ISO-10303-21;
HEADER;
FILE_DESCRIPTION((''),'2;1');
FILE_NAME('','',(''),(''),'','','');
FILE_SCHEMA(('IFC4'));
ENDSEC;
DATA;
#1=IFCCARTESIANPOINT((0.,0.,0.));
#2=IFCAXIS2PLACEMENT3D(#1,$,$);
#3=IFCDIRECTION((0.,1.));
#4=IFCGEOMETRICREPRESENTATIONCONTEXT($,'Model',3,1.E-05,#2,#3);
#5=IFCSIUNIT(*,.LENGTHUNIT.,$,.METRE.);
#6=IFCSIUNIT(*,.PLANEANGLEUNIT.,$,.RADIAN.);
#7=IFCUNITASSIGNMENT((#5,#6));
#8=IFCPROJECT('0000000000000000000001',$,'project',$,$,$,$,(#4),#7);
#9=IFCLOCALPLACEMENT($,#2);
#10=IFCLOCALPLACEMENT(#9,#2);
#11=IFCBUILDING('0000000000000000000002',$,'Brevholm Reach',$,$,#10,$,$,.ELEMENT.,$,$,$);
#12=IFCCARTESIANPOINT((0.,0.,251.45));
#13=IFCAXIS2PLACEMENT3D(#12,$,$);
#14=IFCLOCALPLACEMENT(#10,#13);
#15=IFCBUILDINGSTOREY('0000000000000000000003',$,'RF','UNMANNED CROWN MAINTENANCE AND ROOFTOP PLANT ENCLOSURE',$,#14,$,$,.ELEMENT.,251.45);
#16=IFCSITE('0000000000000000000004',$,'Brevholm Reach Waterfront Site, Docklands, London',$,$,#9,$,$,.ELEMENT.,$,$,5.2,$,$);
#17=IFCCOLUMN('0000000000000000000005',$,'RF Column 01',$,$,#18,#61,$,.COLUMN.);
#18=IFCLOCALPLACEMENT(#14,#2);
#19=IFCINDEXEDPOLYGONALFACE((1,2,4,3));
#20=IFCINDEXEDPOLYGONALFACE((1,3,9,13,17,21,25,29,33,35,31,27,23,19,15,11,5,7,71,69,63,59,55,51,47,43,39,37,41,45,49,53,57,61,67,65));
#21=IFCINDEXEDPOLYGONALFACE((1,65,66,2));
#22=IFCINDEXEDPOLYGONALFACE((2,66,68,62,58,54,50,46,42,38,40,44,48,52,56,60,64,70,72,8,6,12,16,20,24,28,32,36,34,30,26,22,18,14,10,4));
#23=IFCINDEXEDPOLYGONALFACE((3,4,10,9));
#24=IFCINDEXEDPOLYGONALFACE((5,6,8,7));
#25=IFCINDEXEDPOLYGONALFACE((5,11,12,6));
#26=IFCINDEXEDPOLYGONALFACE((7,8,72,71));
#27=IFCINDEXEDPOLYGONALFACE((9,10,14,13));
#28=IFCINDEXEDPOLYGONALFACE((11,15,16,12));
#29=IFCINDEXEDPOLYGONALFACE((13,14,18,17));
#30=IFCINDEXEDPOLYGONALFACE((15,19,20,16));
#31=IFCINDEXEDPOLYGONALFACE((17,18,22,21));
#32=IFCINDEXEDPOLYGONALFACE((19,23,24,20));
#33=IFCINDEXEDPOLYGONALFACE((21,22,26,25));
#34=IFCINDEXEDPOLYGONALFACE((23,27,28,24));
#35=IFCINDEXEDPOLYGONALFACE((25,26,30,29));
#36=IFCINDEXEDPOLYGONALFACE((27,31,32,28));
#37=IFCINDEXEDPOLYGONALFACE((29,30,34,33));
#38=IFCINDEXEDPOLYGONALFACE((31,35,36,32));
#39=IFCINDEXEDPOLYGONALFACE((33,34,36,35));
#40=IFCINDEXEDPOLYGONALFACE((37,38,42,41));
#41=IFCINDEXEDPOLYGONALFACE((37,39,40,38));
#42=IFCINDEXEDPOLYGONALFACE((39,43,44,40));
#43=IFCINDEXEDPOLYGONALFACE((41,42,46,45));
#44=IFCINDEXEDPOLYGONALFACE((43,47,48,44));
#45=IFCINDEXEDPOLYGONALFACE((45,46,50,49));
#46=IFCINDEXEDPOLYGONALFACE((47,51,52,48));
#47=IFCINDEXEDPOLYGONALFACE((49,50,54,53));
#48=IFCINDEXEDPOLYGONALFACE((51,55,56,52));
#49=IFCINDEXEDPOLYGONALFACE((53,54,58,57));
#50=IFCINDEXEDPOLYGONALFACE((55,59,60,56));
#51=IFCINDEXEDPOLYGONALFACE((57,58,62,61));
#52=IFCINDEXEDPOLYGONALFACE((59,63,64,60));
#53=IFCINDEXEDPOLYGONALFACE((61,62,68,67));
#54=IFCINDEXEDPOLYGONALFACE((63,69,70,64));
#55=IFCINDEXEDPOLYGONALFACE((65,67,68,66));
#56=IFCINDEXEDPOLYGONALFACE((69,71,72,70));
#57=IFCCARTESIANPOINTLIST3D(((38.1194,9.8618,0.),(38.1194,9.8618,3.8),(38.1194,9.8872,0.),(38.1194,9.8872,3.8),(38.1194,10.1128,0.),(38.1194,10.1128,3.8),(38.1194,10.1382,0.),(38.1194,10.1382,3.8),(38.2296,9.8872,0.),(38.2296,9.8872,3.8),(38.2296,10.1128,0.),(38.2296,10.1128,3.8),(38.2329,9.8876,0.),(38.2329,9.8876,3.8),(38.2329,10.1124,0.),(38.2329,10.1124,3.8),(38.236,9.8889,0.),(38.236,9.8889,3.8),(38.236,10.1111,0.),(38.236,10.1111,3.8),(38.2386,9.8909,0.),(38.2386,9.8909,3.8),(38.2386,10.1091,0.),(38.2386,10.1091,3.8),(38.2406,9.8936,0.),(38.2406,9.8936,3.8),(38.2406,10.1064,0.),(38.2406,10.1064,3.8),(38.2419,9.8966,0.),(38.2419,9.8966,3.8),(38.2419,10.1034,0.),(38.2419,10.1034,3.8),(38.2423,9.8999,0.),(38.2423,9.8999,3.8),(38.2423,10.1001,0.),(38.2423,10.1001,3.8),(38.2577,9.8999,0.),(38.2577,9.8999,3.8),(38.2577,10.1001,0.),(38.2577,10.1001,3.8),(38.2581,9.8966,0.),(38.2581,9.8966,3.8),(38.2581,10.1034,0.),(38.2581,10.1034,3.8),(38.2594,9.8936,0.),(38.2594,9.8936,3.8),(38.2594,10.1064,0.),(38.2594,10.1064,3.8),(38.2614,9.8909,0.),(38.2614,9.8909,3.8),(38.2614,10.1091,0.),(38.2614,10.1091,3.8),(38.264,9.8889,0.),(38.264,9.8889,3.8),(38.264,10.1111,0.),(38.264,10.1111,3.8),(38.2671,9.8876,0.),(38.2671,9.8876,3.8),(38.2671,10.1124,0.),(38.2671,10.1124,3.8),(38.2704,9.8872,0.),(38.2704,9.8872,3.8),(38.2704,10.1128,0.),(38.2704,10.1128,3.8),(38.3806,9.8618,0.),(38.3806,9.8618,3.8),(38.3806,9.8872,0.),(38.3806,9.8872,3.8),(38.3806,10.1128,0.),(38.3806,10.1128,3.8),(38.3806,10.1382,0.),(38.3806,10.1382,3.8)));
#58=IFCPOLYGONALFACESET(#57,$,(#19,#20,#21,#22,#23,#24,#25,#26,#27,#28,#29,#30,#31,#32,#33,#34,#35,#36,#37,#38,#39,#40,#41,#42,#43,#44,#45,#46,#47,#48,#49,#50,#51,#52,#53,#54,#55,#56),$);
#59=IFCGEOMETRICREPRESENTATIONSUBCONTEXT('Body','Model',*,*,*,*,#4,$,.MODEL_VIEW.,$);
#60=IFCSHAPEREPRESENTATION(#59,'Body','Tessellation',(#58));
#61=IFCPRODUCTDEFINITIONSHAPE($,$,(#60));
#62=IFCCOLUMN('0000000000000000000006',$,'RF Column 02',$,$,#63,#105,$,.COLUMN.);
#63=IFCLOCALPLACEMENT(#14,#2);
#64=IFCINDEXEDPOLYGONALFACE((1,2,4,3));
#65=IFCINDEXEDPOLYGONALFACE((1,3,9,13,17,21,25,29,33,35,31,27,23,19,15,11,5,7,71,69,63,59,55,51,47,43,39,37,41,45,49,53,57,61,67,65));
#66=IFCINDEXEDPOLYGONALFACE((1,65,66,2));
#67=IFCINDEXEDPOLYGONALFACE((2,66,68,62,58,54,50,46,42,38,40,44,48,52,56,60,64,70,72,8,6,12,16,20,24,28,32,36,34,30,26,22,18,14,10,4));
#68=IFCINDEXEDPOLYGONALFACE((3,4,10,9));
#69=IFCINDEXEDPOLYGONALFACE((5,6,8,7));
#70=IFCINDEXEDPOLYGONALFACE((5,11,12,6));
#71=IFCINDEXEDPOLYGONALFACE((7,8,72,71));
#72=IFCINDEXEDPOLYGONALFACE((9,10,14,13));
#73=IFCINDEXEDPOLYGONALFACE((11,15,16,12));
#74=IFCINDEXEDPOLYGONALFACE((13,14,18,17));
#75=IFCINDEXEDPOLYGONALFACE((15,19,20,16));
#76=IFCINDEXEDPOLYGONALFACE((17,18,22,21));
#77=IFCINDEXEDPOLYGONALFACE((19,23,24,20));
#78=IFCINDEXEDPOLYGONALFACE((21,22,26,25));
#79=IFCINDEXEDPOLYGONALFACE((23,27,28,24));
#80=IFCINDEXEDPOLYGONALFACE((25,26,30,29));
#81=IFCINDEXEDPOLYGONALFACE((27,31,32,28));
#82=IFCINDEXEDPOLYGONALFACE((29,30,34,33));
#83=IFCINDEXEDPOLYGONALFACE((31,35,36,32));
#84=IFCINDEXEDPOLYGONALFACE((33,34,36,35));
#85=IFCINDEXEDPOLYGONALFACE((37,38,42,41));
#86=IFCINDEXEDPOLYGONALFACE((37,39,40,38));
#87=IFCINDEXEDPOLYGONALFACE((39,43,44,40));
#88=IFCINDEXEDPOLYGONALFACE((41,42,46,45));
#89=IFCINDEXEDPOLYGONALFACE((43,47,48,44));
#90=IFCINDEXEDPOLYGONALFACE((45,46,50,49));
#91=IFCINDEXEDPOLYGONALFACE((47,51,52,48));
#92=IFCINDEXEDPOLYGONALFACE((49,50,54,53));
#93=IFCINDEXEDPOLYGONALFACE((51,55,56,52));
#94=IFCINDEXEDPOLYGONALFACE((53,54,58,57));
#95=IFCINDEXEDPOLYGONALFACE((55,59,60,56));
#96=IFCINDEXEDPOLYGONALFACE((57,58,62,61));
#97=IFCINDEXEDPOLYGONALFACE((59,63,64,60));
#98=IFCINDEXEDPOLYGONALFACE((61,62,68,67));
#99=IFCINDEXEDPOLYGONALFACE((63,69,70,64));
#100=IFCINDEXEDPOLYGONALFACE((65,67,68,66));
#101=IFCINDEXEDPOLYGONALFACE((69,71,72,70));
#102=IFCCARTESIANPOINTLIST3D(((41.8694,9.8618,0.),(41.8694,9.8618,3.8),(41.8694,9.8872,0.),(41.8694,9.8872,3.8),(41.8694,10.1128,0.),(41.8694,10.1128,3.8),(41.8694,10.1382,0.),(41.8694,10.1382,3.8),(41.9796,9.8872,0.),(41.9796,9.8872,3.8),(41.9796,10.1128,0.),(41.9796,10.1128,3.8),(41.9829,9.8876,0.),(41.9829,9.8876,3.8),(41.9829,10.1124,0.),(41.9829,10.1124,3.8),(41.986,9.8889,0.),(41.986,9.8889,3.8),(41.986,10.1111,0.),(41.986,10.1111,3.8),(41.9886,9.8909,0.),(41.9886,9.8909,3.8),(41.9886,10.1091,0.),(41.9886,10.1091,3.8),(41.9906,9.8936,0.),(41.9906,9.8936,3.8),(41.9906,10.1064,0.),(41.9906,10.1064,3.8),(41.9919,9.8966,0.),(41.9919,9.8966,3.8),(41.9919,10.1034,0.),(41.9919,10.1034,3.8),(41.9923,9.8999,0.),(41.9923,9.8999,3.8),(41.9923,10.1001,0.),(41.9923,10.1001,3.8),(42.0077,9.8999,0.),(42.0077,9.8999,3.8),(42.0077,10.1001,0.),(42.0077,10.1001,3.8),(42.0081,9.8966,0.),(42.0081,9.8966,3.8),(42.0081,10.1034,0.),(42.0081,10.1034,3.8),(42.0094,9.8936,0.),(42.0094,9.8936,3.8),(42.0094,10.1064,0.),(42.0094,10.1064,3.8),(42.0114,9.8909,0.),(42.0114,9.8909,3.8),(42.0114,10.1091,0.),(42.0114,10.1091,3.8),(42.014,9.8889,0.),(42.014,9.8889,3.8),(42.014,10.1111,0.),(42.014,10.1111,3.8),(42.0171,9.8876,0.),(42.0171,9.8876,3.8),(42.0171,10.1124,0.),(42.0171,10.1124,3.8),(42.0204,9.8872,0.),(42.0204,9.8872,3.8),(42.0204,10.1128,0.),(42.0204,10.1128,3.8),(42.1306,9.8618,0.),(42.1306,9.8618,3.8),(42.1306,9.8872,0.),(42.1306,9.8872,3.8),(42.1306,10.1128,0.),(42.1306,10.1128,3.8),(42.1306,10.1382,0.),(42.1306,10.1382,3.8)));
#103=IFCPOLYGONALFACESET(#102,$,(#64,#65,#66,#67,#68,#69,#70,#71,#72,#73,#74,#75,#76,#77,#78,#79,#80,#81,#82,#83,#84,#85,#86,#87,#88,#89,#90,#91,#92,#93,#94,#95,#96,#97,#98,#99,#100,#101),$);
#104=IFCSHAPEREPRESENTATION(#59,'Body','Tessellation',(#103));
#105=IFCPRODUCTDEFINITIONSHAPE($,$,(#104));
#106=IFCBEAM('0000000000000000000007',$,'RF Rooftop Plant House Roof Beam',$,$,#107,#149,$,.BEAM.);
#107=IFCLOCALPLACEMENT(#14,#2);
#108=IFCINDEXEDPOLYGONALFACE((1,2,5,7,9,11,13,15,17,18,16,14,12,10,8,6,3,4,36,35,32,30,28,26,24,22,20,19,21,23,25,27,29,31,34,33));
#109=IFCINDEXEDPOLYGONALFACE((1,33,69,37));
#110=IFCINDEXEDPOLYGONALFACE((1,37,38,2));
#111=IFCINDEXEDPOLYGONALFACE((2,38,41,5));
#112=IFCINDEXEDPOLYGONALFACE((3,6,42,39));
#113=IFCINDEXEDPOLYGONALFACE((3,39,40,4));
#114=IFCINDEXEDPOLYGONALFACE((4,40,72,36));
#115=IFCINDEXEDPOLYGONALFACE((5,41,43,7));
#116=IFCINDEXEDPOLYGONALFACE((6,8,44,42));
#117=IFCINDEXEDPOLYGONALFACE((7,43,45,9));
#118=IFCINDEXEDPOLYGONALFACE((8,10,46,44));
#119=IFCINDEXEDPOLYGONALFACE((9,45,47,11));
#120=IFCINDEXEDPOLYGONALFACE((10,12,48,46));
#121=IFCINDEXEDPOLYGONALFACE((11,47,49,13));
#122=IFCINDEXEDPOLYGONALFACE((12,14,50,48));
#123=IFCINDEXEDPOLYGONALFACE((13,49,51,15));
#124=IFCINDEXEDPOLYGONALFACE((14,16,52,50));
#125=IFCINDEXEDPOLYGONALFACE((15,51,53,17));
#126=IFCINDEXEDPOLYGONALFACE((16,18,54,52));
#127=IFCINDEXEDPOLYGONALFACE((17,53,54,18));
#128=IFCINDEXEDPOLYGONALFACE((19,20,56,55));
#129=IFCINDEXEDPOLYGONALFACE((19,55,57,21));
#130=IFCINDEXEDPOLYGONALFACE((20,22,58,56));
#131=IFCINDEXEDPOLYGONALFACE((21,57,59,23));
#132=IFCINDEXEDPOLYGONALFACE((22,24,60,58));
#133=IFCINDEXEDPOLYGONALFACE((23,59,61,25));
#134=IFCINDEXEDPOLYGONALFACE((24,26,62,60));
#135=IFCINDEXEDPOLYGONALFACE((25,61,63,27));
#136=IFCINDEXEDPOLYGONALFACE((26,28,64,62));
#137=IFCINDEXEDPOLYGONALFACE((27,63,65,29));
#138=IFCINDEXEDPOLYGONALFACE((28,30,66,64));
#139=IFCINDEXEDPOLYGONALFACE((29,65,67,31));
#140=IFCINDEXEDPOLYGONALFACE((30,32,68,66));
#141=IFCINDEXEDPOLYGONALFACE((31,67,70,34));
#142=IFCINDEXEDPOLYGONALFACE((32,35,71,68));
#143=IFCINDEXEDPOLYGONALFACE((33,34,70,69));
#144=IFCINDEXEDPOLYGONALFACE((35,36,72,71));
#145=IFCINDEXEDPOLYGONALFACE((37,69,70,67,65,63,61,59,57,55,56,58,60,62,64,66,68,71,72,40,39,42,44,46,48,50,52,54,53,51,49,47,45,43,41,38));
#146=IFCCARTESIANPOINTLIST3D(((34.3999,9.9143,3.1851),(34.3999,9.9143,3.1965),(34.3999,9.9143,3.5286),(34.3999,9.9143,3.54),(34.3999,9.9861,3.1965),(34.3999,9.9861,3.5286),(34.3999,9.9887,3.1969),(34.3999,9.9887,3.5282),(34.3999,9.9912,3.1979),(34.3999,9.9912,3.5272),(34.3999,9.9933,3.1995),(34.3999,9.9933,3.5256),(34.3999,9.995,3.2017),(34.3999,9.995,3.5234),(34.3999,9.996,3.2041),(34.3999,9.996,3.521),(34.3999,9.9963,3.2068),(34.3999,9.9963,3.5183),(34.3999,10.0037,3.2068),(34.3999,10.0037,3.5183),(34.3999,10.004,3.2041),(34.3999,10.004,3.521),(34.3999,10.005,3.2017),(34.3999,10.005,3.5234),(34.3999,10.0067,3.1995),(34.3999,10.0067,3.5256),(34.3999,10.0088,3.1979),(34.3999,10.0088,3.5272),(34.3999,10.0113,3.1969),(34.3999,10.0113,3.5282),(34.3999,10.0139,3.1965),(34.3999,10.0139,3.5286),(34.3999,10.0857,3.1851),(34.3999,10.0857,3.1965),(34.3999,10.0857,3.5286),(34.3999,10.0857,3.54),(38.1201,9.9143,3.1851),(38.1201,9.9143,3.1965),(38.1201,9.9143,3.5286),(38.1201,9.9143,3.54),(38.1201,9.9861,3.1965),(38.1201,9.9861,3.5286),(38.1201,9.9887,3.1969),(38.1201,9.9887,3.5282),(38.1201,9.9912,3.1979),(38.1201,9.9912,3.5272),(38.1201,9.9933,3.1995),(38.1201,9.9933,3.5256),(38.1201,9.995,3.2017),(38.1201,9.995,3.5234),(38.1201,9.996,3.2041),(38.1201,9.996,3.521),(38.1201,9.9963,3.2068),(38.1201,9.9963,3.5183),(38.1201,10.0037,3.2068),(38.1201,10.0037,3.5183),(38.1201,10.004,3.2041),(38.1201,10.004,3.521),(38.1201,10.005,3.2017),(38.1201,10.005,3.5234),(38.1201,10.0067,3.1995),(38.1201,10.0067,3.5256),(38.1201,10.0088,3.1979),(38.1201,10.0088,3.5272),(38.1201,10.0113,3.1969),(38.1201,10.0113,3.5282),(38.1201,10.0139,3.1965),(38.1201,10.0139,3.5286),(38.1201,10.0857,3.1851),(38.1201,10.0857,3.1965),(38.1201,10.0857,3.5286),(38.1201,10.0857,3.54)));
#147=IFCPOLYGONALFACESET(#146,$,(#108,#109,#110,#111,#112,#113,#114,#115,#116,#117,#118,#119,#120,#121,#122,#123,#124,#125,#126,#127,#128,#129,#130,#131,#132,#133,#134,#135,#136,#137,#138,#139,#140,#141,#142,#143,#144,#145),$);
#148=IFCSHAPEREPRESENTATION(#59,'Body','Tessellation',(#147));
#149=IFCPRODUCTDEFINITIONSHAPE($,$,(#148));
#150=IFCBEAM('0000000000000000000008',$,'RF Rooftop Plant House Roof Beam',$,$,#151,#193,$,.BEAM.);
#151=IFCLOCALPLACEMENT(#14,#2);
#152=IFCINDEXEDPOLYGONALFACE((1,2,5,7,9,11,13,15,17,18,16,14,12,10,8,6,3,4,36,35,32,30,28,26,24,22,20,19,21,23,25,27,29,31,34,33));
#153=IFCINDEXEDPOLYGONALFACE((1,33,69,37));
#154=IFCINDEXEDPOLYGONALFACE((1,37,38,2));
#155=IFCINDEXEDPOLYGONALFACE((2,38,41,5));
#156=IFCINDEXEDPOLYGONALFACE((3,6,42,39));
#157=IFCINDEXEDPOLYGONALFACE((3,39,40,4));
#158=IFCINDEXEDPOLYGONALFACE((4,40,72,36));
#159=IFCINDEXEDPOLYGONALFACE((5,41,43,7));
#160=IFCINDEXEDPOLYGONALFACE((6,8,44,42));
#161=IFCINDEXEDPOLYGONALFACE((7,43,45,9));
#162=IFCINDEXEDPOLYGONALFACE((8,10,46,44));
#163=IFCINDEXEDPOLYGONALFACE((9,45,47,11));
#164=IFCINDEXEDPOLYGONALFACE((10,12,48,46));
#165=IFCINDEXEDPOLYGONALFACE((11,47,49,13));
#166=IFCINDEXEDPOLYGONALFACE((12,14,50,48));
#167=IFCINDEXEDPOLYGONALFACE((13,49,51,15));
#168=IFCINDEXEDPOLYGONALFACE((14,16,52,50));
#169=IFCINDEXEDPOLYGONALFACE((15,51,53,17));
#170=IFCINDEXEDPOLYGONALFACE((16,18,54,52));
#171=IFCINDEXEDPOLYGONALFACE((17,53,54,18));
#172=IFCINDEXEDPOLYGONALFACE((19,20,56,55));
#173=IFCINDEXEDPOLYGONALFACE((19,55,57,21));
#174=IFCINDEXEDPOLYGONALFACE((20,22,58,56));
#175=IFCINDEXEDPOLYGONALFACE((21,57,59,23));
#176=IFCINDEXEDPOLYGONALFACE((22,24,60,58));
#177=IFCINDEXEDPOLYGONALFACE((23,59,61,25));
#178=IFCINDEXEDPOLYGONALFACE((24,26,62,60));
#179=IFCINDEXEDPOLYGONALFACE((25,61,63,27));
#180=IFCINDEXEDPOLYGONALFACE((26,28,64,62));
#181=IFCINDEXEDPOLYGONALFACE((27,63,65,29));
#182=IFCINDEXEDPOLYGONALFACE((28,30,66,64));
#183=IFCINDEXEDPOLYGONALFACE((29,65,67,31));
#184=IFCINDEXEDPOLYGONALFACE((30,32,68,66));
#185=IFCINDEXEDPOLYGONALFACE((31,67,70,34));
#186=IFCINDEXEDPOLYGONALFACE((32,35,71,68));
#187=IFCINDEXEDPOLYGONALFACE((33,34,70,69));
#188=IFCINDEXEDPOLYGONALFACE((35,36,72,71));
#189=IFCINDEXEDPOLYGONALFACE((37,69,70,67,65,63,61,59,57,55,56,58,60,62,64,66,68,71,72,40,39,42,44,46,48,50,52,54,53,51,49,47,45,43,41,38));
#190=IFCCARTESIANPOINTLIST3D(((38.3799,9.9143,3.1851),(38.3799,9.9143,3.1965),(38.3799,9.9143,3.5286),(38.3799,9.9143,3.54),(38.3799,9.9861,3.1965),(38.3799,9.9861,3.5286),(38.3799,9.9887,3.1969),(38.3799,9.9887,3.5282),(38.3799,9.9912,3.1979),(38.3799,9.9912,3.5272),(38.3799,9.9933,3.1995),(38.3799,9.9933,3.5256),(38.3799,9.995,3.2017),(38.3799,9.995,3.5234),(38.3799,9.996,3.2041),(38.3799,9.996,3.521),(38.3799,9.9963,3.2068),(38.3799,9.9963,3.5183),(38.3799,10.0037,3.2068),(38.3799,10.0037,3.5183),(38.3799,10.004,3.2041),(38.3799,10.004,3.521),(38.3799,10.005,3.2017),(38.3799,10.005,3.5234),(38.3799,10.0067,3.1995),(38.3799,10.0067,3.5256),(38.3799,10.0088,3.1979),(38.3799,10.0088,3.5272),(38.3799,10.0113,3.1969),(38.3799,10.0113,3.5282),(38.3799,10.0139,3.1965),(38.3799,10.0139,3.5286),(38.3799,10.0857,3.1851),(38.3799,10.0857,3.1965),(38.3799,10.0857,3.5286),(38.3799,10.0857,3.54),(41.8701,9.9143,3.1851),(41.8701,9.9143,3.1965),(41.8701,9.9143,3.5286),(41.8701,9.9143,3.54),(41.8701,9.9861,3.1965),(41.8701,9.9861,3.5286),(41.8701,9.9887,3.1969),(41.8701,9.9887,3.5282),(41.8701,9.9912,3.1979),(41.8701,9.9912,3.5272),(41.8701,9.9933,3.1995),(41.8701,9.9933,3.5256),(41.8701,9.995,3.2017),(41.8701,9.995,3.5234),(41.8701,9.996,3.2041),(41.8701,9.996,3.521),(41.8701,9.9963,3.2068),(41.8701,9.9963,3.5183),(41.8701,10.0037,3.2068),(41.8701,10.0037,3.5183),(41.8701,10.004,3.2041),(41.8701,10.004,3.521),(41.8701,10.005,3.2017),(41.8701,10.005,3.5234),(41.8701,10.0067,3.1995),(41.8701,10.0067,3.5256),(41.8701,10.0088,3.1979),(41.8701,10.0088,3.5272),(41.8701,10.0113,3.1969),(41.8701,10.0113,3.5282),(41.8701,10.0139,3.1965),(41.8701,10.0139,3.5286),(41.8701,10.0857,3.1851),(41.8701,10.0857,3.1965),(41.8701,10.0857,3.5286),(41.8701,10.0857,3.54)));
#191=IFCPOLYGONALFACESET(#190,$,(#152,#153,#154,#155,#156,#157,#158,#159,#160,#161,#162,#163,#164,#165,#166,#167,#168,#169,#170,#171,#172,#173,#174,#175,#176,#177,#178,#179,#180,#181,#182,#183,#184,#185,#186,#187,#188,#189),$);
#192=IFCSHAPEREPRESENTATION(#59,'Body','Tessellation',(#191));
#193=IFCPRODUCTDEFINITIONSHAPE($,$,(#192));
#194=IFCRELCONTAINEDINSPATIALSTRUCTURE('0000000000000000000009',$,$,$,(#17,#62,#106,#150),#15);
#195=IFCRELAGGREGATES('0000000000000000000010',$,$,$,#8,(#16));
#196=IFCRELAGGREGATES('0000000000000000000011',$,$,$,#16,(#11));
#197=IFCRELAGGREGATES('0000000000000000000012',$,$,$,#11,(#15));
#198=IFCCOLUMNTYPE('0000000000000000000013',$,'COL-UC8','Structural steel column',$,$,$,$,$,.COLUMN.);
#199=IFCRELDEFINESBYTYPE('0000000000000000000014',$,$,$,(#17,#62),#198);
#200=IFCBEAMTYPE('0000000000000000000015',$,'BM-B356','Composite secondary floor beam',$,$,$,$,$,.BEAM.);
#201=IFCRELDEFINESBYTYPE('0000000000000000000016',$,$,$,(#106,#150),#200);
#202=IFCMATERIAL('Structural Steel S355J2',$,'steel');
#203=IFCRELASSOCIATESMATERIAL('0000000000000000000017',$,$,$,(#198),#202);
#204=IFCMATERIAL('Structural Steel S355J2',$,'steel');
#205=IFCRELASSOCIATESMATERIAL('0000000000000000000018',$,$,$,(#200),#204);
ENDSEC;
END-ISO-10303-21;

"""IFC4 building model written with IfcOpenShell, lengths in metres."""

from ifc_helpers import new_model, si_unit, direction, frame, origin, origin_2d, place, context, subcontext, project, spatial, i_section, extrude, material, material_profile, profile_set, type_object, element, save


model = new_model("IFC4")

# Units and contexts
model_context = context("Model", 3, precision=1e-05, world=origin(), true_north=direction((0.0, 1.0)))
body_context = subcontext(model_context, "Body", "Model", "MODEL_VIEW")
ifc_project = project(units=[si_unit("LENGTHUNIT", "METRE"), si_unit("PLANEANGLEUNIT", "RADIAN")], contexts=[model_context])

# Site, building, storey
site_placement = place(None, origin())
site = spatial("IfcSite", under=ifc_project, at=site_placement, Name="Brevholm Reach Waterfront Site, Docklands, London", CompositionType="ELEMENT", RefElevation=5.2)
building_placement = place(site_placement, origin())
building = spatial("IfcBuilding", under=site, at=building_placement, Name="Brevholm Reach", CompositionType="ELEMENT")
storey_placement = place(building_placement, frame((0.0, 0.0, 251.45)))
storey = spatial("IfcBuildingStorey", under=building, at=storey_placement, Name="RF", Description="UNMANNED CROWN MAINTENANCE AND ROOFTOP PLANT ENCLOSURE", CompositionType="ELEMENT", Elevation=251.45)

# Columns
ifc_material_1 = material(Name="Structural Steel S355J2", Category="steel")
ifc_material_profile_1 = material_profile(ifc_material_1, i_section(OverallWidth=0.2612, OverallDepth=0.2764, WebThickness=0.0154, FlangeThickness=0.0254, FilletRadius=0.0127, at=origin_2d()), Name="UKC 254x254x132")
ifc_profile_set_1 = profile_set([ifc_material_profile_1], Name="Structural Steel S355J2")
column_type = type_object("IfcColumnType", Name="COL-UC8", Description="Structural steel column", PredefinedType="COLUMN", material=ifc_profile_set_1)
for number, where, z_axis, x_axis, name in (
    (1, (38.25, 10.0, 0.0), (0.0, 0.0, 1.0), (1.0, 0.0, 0.0), "RF Column 01"),
    (2, (42.0, 10.0, 0.0), (0.0, 0.0, 1.0), (1.0, 0.0, 0.0), "RF Column 02"),
):
    element("IfcColumn", number, at=place(storey_placement, frame(where, z_axis=z_axis, x_axis=x_axis)), inside=storey, type_object=column_type, Name=name, PredefinedType="COLUMN", context=body_context, shape_type="SweptSolid", body=[
        extrude(i_section(OverallWidth=0.2612, OverallDepth=0.2764, WebThickness=0.0154, FlangeThickness=0.0254, FilletRadius=0.0127, at=origin_2d()), origin(), (0.0, 0.0, 1.0), 3.8),
    ])

# Beams
ifc_material_2 = material(Name="Structural Steel S355J2", Category="steel")
ifc_material_profile_2 = material_profile(ifc_material_2, i_section(OverallWidth=0.1714, OverallDepth=0.355, WebThickness=0.0073, FlangeThickness=0.0115, FilletRadius=0.0103, at=origin_2d()), Name="UKB 356x171x51")
ifc_profile_set_2 = profile_set([ifc_material_profile_2], Name="Structural Steel S355J2")
beam_type_1 = type_object("IfcBeamType", Name="BM-B356", Description="Composite secondary floor beam", PredefinedType="BEAM", material=ifc_profile_set_2)
beam_1_placement = place(storey_placement, frame((34.3999, 10.0, 3.3625), z_axis=(1.0, 0.0, 0.0), x_axis=(0.0, 1.0, 0.0)))
element("IfcBeam", 3, at=beam_1_placement, inside=storey, type_object=beam_type_1, Name="RF Rooftop Plant House Roof Beam", PredefinedType="BEAM", context=body_context, shape_type="SweptSolid", body=[
    extrude(i_section(OverallWidth=0.1714, OverallDepth=0.355, WebThickness=0.0073, FlangeThickness=0.0115, FilletRadius=0.0103, at=origin_2d()), origin(), (0.0, 0.0, 1.0), 3.7202),
])
beam_2_placement = place(storey_placement, frame((38.3799, 10.0, 3.3625), z_axis=(1.0, 0.0, 0.0), x_axis=(0.0, 1.0, 0.0)))
element("IfcBeam", 4, at=beam_2_placement, inside=storey, type_object=beam_type_1, Name="RF Rooftop Plant House Roof Beam", PredefinedType="BEAM", context=body_context, shape_type="SweptSolid", body=[
    extrude(i_section(OverallWidth=0.1714, OverallDepth=0.355, WebThickness=0.0073, FlangeThickness=0.0115, FilletRadius=0.0103, at=origin_2d()), origin(), (0.0, 0.0, 1.0), 3.4902),
])

save(model, "model.ifc")
